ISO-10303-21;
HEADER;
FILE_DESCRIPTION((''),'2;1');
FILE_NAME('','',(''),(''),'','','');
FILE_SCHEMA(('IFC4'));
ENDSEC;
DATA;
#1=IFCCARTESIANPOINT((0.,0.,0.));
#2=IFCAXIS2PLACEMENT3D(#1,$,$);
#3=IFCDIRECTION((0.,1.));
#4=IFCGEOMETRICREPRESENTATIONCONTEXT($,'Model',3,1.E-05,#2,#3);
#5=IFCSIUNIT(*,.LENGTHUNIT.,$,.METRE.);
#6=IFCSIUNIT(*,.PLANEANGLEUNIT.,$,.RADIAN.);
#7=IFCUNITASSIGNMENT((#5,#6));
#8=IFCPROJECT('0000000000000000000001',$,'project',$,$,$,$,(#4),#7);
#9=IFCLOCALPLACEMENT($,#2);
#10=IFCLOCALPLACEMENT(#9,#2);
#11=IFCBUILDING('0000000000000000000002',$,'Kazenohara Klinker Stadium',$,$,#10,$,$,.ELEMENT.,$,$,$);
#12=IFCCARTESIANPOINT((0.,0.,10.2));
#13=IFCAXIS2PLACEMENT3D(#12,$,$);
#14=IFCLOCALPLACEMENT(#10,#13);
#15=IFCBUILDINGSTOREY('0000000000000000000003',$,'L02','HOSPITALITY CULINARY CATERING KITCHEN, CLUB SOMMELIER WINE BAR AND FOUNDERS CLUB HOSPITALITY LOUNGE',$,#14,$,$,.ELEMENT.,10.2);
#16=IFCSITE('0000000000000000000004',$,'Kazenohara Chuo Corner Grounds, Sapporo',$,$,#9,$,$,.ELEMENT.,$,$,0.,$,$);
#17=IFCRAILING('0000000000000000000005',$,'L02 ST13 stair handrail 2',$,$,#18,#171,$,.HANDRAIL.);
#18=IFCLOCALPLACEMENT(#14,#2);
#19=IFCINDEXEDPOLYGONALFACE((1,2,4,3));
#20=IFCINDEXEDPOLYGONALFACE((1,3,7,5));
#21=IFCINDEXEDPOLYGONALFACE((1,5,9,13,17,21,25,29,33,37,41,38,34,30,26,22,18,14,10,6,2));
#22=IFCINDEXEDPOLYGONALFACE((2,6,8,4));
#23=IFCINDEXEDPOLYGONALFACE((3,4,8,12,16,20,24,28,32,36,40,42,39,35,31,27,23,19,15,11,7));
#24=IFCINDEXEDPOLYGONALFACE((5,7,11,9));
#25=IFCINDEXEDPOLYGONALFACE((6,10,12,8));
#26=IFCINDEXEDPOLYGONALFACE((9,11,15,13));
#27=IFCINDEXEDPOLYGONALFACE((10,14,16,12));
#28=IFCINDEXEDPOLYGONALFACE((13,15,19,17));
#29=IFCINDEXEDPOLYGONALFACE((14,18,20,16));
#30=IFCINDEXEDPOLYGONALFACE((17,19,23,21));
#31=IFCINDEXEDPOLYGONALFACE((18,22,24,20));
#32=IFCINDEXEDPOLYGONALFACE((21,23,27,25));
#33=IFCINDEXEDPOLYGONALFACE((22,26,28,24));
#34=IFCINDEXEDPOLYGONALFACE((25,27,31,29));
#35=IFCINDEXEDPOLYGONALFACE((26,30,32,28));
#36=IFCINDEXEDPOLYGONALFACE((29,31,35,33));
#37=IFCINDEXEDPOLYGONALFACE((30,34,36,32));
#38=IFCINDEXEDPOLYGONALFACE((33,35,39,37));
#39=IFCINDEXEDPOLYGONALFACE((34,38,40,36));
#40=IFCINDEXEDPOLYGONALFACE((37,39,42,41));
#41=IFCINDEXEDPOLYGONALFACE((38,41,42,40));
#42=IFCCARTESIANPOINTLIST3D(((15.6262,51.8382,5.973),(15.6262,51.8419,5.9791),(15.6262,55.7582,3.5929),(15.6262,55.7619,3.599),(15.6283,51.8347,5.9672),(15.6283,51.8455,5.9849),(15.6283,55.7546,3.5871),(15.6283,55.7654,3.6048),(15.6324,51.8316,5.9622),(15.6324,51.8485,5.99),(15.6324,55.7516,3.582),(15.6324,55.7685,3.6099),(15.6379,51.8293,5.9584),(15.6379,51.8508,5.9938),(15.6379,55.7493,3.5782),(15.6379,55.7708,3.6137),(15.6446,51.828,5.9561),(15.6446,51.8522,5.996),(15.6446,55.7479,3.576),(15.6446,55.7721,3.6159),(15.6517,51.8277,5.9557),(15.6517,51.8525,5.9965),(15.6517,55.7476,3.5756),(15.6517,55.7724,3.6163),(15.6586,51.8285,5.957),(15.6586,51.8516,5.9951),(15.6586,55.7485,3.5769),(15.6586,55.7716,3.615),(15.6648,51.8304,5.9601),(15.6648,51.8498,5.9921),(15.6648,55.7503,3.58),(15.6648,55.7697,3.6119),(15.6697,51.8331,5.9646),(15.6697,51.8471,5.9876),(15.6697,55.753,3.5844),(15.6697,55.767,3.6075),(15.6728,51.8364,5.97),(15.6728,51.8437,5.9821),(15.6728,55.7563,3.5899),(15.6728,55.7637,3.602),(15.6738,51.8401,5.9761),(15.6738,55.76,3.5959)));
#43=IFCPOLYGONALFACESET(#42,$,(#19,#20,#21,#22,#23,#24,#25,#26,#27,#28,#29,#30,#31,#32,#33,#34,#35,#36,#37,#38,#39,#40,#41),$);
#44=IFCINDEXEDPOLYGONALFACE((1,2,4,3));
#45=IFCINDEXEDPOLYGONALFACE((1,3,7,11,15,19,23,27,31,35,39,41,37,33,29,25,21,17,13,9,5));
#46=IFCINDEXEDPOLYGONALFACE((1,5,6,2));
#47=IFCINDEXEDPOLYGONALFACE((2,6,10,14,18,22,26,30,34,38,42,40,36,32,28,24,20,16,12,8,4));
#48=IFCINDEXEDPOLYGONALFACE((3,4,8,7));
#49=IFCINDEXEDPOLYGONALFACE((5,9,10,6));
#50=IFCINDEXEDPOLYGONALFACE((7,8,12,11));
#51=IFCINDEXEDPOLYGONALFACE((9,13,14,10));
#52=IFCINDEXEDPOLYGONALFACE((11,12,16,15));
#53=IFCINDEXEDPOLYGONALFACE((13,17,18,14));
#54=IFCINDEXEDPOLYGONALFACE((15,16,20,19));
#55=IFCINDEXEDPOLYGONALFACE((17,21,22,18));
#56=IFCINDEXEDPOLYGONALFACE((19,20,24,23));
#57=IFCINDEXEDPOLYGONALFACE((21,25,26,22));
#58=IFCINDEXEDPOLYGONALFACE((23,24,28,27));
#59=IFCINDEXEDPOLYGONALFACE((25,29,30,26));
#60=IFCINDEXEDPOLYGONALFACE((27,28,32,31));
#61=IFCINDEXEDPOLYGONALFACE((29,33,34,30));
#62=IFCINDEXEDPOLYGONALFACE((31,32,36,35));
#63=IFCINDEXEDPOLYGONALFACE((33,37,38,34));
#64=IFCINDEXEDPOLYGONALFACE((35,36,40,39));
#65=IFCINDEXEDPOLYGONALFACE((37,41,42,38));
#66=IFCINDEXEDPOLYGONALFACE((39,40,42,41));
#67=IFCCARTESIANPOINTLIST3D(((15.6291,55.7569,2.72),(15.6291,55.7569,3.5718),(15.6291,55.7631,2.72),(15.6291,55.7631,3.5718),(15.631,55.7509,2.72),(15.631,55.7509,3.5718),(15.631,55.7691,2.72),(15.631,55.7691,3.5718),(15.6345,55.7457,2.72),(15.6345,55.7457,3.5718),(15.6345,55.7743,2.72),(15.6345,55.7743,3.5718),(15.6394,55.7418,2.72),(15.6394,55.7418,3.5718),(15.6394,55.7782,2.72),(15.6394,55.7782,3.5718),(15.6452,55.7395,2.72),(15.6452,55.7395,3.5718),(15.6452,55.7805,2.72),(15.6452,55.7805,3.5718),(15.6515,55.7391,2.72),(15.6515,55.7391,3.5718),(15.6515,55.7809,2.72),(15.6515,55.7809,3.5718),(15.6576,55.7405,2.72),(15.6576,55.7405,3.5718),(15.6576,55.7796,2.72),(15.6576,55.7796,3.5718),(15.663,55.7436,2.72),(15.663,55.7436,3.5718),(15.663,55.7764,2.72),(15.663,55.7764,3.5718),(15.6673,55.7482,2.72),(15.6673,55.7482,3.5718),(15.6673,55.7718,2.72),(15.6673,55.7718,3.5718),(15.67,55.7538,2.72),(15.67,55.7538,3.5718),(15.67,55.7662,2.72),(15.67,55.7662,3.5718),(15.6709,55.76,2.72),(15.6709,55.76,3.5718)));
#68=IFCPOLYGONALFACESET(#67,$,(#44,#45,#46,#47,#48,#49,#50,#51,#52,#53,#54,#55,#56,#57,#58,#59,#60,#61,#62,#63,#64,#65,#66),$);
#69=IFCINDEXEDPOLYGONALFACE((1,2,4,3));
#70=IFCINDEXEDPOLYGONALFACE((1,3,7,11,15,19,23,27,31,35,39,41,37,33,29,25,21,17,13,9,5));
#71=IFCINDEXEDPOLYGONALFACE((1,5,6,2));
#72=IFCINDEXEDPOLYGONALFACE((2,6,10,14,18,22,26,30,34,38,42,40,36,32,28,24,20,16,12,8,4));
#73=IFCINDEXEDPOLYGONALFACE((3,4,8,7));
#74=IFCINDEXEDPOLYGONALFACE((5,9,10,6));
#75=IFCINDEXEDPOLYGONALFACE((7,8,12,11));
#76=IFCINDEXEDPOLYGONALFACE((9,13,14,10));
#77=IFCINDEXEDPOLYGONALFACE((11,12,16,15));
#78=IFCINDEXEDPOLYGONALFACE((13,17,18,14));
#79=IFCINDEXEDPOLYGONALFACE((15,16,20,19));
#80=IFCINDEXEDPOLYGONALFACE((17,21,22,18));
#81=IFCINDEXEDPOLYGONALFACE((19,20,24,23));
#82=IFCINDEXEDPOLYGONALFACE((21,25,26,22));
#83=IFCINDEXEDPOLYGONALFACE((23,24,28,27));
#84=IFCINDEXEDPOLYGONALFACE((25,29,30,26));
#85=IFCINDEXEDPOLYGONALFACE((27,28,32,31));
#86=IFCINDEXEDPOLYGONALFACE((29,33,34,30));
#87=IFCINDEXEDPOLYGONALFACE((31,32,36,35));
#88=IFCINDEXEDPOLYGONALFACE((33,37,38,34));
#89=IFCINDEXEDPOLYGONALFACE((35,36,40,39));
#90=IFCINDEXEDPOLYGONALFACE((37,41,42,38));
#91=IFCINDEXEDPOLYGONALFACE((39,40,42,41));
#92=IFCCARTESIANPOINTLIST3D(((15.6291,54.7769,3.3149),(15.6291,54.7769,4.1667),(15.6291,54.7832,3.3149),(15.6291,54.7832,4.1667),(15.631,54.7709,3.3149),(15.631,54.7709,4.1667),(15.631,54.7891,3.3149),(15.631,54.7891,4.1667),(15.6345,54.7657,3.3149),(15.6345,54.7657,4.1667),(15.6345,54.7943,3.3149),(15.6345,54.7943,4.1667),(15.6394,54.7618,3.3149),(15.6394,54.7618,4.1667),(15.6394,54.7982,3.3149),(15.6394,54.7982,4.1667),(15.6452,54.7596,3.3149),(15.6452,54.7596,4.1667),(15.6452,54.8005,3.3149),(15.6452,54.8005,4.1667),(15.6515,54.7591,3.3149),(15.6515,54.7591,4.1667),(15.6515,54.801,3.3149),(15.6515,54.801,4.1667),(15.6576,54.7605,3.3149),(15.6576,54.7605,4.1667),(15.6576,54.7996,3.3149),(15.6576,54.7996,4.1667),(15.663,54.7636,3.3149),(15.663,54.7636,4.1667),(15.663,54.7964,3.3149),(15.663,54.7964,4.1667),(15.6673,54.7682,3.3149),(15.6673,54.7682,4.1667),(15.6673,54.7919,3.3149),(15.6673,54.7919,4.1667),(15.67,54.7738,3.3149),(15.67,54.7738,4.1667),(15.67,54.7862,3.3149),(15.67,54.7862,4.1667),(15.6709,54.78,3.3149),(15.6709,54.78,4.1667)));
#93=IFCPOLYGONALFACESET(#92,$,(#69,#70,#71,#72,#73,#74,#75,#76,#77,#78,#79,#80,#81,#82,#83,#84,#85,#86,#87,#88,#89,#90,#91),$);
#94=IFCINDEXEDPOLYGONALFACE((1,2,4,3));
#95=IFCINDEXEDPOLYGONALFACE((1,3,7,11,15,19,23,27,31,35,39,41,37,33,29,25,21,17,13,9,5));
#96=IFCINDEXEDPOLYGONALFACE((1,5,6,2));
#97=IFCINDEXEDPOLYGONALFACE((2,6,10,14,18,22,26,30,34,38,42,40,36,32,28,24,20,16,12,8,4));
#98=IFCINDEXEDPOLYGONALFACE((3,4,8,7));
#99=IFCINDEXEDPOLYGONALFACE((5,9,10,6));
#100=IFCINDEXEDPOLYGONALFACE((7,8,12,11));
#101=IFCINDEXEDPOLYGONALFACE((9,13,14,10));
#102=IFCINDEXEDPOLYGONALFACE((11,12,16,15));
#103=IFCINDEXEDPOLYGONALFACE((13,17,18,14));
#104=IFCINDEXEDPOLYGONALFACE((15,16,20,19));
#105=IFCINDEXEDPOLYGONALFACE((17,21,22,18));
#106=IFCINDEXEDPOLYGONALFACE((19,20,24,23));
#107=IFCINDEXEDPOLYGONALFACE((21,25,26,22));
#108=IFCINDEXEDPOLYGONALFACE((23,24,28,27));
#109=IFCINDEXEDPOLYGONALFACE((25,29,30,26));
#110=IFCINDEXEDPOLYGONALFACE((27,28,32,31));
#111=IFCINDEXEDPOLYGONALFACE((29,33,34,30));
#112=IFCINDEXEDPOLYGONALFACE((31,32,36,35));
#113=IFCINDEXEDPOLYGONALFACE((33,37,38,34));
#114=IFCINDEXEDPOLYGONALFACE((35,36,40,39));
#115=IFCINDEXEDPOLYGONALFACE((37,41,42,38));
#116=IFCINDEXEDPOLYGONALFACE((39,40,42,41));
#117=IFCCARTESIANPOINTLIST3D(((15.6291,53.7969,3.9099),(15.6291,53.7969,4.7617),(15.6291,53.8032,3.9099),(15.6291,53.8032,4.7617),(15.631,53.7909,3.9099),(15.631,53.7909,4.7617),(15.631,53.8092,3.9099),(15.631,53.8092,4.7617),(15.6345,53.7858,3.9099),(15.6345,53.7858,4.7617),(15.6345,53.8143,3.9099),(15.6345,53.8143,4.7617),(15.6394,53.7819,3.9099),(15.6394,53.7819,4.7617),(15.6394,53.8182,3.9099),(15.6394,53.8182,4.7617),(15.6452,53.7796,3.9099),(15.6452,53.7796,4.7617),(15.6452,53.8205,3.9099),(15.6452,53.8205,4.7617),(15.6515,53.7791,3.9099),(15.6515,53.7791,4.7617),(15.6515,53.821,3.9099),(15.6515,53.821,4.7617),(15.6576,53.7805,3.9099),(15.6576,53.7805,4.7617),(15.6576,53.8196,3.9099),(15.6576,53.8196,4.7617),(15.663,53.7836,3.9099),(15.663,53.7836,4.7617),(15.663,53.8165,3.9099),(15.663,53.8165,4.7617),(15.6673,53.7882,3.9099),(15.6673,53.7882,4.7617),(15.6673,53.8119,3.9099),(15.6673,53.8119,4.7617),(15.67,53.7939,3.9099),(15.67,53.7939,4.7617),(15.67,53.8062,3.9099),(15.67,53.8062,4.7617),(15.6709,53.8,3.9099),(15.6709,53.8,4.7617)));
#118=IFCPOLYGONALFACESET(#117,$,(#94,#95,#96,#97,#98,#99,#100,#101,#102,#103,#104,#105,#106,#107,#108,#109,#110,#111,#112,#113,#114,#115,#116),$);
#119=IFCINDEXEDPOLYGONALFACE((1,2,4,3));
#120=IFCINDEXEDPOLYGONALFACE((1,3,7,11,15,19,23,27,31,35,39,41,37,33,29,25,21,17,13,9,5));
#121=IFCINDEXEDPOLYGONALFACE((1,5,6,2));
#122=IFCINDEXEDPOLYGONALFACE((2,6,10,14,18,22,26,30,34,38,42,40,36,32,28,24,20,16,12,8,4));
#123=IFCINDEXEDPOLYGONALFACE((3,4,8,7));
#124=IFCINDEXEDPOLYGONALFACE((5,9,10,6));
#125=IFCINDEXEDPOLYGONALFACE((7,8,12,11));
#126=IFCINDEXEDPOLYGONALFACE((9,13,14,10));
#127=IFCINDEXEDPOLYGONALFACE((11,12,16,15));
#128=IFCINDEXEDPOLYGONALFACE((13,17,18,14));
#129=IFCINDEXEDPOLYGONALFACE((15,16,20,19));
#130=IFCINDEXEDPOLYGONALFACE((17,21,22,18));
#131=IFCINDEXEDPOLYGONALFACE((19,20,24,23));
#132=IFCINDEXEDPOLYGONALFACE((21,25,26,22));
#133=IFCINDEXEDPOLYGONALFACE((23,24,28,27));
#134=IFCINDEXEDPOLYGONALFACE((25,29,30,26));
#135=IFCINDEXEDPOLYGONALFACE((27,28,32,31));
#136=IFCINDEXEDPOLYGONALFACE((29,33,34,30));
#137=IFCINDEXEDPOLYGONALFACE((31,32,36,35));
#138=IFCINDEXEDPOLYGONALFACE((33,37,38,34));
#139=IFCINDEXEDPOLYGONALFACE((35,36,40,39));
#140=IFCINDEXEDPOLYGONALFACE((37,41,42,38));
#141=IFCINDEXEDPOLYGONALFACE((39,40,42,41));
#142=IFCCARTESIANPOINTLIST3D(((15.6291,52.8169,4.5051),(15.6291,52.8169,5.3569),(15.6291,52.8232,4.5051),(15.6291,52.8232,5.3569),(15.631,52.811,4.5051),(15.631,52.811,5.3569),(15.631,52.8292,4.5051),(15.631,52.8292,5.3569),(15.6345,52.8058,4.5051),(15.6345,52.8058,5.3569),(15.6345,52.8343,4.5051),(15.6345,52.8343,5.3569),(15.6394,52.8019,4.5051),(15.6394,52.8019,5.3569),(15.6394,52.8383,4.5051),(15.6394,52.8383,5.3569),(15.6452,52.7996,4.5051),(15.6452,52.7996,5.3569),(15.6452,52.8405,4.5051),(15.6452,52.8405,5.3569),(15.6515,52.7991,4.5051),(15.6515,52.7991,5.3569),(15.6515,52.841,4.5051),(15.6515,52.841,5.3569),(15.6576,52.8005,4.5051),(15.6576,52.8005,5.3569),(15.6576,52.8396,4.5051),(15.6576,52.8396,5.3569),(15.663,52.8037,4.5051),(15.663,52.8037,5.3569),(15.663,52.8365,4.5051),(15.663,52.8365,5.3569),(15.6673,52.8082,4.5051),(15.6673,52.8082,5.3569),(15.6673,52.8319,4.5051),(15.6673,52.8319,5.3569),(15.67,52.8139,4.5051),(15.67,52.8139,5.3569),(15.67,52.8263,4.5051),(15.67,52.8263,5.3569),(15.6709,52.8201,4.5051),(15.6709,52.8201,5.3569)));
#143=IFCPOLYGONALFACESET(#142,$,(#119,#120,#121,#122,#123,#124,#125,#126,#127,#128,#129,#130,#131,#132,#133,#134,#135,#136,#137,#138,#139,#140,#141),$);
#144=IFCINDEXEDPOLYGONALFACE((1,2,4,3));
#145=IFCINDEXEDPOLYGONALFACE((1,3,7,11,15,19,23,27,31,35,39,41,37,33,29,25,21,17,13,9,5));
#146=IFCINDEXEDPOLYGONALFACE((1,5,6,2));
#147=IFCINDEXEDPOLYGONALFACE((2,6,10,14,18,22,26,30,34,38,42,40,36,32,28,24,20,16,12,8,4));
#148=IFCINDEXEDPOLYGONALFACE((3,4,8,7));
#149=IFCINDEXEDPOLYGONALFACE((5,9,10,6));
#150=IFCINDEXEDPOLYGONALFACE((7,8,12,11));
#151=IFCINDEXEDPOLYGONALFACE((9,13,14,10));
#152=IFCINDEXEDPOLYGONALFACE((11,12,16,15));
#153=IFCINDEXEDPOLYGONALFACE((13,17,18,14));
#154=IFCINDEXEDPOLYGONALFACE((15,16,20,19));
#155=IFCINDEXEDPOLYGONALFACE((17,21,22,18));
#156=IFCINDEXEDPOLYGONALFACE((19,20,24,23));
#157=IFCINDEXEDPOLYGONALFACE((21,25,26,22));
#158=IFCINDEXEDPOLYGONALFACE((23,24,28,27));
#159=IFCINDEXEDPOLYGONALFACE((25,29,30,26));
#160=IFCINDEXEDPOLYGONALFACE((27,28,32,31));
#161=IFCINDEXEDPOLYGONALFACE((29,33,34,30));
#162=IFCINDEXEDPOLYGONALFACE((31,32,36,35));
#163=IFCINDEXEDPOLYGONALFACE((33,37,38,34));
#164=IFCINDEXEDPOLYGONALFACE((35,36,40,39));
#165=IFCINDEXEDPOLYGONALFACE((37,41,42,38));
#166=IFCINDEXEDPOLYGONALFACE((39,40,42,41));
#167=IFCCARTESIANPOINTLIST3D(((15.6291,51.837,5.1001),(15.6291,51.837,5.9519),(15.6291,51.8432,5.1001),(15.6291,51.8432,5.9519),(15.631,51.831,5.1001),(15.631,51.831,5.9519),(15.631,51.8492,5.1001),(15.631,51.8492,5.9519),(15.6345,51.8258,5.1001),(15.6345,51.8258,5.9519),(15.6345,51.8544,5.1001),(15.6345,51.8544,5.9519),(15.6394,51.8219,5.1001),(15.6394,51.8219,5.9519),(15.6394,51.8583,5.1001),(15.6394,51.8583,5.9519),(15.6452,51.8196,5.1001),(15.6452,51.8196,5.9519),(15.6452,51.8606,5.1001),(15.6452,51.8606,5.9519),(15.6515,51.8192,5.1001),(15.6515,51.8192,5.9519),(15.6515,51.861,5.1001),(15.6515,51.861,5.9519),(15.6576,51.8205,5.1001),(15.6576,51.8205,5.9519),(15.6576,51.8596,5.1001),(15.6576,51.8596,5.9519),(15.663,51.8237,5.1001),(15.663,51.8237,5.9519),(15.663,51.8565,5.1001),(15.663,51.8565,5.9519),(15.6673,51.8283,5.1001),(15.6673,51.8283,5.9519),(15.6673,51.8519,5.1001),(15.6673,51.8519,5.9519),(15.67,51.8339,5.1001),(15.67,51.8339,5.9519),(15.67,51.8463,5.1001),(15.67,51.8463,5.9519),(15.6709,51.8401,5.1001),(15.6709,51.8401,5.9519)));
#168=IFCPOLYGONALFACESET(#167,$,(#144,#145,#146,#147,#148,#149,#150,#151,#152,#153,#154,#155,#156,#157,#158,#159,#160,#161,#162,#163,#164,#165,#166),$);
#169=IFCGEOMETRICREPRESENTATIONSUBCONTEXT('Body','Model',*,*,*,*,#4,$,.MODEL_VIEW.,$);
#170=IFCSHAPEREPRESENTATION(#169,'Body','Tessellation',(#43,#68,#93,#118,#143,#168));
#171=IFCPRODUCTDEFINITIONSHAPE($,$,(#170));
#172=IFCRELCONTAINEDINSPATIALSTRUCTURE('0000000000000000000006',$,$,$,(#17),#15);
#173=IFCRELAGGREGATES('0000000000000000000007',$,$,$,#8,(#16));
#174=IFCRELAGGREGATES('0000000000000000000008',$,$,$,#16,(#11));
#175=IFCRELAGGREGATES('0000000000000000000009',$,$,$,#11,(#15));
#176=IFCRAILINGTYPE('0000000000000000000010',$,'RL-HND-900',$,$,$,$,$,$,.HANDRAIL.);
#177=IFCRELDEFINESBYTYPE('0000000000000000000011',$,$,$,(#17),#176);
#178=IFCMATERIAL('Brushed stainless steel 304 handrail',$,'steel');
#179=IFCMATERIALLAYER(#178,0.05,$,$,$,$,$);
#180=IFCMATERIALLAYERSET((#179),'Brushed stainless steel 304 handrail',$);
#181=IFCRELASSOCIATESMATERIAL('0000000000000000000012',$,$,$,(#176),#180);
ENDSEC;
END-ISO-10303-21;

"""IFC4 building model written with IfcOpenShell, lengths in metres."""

from ifc_helpers import new_model, si_unit, direction, frame, origin, origin_2d, place, context, subcontext, project, spatial, circle, extrude, material, layer, layer_set, type_object, element, save


model = new_model("IFC4")

# Units and contexts
model_context = context("Model", 3, precision=1e-05, world=origin(), true_north=direction((0.0, 1.0)))
body_context = subcontext(model_context, "Body", "Model", "MODEL_VIEW")
ifc_project = project(units=[si_unit("LENGTHUNIT", "METRE"), si_unit("PLANEANGLEUNIT", "RADIAN")], contexts=[model_context])

# Site, building, storey
site_placement = place(None, origin())
site = spatial("IfcSite", under=ifc_project, at=site_placement, Name="Kazenohara Chuo Corner Grounds, Sapporo", CompositionType="ELEMENT", RefElevation=0.0)
building_placement = place(site_placement, origin())
building = spatial("IfcBuilding", under=site, at=building_placement, Name="Kazenohara Klinker Stadium", CompositionType="ELEMENT")
storey_placement = place(building_placement, frame((0.0, 0.0, 10.2)))
storey = spatial("IfcBuildingStorey", under=building, at=storey_placement, Name="L02", Description="HOSPITALITY CULINARY CATERING KITCHEN, CLUB SOMMELIER WINE BAR AND FOUNDERS CLUB HOSPITALITY LOUNGE", CompositionType="ELEMENT", Elevation=10.2)

# Railing
ifc_material_1 = material(Name="Brushed stainless steel 304 handrail", Category="steel")
ifc_layer_1 = layer(ifc_material_1, 0.05)
ifc_layer_set_1 = layer_set([ifc_layer_1], Name="Brushed stainless steel 304 handrail")
railing_type_1 = type_object("IfcRailingType", Name="RL-HND-900", PredefinedType="HANDRAIL", material=ifc_layer_set_1)
railing_1_placement = place(storey_placement, frame((15.6499, 55.76, 2.72)))
element("IfcRailing", 1, at=railing_1_placement, inside=storey, type_object=railing_type_1, Name="L02 ST13 stair handrail 2", PredefinedType="HANDRAIL", context=body_context, shape_type="SweptSolid", body=[
    extrude(circle(Radius=0.0239, at=origin_2d()), frame((0.0, 0.0, 0.876), z_axis=(0.0, -0.854771, 0.519006), x_axis=(1.0, 0.0, 0.0)), (0.0, 0.0, 1.0), 4.5859),
    extrude(circle(Radius=0.021, at=origin_2d()), origin(), (0.0, 0.0, 1.0), 0.8518),
    extrude(circle(Radius=0.021, at=origin_2d()), frame((0.0, -0.98, 0.595)), (0.0, 0.0, 1.0), 0.8518),
    extrude(circle(Radius=0.021, at=origin_2d()), frame((0.0, -1.96, 1.1899)), (0.0, 0.0, 1.0), 0.8518),
    extrude(circle(Radius=0.021, at=origin_2d()), frame((0.0, -2.9399, 1.7852)), (0.0, 0.0, 1.0), 0.8518),
    extrude(circle(Radius=0.021, at=origin_2d()), frame((0.0, -3.9199, 2.3801)), (0.0, 0.0, 1.0), 0.8518),
])

save(model, "model.ifc")
